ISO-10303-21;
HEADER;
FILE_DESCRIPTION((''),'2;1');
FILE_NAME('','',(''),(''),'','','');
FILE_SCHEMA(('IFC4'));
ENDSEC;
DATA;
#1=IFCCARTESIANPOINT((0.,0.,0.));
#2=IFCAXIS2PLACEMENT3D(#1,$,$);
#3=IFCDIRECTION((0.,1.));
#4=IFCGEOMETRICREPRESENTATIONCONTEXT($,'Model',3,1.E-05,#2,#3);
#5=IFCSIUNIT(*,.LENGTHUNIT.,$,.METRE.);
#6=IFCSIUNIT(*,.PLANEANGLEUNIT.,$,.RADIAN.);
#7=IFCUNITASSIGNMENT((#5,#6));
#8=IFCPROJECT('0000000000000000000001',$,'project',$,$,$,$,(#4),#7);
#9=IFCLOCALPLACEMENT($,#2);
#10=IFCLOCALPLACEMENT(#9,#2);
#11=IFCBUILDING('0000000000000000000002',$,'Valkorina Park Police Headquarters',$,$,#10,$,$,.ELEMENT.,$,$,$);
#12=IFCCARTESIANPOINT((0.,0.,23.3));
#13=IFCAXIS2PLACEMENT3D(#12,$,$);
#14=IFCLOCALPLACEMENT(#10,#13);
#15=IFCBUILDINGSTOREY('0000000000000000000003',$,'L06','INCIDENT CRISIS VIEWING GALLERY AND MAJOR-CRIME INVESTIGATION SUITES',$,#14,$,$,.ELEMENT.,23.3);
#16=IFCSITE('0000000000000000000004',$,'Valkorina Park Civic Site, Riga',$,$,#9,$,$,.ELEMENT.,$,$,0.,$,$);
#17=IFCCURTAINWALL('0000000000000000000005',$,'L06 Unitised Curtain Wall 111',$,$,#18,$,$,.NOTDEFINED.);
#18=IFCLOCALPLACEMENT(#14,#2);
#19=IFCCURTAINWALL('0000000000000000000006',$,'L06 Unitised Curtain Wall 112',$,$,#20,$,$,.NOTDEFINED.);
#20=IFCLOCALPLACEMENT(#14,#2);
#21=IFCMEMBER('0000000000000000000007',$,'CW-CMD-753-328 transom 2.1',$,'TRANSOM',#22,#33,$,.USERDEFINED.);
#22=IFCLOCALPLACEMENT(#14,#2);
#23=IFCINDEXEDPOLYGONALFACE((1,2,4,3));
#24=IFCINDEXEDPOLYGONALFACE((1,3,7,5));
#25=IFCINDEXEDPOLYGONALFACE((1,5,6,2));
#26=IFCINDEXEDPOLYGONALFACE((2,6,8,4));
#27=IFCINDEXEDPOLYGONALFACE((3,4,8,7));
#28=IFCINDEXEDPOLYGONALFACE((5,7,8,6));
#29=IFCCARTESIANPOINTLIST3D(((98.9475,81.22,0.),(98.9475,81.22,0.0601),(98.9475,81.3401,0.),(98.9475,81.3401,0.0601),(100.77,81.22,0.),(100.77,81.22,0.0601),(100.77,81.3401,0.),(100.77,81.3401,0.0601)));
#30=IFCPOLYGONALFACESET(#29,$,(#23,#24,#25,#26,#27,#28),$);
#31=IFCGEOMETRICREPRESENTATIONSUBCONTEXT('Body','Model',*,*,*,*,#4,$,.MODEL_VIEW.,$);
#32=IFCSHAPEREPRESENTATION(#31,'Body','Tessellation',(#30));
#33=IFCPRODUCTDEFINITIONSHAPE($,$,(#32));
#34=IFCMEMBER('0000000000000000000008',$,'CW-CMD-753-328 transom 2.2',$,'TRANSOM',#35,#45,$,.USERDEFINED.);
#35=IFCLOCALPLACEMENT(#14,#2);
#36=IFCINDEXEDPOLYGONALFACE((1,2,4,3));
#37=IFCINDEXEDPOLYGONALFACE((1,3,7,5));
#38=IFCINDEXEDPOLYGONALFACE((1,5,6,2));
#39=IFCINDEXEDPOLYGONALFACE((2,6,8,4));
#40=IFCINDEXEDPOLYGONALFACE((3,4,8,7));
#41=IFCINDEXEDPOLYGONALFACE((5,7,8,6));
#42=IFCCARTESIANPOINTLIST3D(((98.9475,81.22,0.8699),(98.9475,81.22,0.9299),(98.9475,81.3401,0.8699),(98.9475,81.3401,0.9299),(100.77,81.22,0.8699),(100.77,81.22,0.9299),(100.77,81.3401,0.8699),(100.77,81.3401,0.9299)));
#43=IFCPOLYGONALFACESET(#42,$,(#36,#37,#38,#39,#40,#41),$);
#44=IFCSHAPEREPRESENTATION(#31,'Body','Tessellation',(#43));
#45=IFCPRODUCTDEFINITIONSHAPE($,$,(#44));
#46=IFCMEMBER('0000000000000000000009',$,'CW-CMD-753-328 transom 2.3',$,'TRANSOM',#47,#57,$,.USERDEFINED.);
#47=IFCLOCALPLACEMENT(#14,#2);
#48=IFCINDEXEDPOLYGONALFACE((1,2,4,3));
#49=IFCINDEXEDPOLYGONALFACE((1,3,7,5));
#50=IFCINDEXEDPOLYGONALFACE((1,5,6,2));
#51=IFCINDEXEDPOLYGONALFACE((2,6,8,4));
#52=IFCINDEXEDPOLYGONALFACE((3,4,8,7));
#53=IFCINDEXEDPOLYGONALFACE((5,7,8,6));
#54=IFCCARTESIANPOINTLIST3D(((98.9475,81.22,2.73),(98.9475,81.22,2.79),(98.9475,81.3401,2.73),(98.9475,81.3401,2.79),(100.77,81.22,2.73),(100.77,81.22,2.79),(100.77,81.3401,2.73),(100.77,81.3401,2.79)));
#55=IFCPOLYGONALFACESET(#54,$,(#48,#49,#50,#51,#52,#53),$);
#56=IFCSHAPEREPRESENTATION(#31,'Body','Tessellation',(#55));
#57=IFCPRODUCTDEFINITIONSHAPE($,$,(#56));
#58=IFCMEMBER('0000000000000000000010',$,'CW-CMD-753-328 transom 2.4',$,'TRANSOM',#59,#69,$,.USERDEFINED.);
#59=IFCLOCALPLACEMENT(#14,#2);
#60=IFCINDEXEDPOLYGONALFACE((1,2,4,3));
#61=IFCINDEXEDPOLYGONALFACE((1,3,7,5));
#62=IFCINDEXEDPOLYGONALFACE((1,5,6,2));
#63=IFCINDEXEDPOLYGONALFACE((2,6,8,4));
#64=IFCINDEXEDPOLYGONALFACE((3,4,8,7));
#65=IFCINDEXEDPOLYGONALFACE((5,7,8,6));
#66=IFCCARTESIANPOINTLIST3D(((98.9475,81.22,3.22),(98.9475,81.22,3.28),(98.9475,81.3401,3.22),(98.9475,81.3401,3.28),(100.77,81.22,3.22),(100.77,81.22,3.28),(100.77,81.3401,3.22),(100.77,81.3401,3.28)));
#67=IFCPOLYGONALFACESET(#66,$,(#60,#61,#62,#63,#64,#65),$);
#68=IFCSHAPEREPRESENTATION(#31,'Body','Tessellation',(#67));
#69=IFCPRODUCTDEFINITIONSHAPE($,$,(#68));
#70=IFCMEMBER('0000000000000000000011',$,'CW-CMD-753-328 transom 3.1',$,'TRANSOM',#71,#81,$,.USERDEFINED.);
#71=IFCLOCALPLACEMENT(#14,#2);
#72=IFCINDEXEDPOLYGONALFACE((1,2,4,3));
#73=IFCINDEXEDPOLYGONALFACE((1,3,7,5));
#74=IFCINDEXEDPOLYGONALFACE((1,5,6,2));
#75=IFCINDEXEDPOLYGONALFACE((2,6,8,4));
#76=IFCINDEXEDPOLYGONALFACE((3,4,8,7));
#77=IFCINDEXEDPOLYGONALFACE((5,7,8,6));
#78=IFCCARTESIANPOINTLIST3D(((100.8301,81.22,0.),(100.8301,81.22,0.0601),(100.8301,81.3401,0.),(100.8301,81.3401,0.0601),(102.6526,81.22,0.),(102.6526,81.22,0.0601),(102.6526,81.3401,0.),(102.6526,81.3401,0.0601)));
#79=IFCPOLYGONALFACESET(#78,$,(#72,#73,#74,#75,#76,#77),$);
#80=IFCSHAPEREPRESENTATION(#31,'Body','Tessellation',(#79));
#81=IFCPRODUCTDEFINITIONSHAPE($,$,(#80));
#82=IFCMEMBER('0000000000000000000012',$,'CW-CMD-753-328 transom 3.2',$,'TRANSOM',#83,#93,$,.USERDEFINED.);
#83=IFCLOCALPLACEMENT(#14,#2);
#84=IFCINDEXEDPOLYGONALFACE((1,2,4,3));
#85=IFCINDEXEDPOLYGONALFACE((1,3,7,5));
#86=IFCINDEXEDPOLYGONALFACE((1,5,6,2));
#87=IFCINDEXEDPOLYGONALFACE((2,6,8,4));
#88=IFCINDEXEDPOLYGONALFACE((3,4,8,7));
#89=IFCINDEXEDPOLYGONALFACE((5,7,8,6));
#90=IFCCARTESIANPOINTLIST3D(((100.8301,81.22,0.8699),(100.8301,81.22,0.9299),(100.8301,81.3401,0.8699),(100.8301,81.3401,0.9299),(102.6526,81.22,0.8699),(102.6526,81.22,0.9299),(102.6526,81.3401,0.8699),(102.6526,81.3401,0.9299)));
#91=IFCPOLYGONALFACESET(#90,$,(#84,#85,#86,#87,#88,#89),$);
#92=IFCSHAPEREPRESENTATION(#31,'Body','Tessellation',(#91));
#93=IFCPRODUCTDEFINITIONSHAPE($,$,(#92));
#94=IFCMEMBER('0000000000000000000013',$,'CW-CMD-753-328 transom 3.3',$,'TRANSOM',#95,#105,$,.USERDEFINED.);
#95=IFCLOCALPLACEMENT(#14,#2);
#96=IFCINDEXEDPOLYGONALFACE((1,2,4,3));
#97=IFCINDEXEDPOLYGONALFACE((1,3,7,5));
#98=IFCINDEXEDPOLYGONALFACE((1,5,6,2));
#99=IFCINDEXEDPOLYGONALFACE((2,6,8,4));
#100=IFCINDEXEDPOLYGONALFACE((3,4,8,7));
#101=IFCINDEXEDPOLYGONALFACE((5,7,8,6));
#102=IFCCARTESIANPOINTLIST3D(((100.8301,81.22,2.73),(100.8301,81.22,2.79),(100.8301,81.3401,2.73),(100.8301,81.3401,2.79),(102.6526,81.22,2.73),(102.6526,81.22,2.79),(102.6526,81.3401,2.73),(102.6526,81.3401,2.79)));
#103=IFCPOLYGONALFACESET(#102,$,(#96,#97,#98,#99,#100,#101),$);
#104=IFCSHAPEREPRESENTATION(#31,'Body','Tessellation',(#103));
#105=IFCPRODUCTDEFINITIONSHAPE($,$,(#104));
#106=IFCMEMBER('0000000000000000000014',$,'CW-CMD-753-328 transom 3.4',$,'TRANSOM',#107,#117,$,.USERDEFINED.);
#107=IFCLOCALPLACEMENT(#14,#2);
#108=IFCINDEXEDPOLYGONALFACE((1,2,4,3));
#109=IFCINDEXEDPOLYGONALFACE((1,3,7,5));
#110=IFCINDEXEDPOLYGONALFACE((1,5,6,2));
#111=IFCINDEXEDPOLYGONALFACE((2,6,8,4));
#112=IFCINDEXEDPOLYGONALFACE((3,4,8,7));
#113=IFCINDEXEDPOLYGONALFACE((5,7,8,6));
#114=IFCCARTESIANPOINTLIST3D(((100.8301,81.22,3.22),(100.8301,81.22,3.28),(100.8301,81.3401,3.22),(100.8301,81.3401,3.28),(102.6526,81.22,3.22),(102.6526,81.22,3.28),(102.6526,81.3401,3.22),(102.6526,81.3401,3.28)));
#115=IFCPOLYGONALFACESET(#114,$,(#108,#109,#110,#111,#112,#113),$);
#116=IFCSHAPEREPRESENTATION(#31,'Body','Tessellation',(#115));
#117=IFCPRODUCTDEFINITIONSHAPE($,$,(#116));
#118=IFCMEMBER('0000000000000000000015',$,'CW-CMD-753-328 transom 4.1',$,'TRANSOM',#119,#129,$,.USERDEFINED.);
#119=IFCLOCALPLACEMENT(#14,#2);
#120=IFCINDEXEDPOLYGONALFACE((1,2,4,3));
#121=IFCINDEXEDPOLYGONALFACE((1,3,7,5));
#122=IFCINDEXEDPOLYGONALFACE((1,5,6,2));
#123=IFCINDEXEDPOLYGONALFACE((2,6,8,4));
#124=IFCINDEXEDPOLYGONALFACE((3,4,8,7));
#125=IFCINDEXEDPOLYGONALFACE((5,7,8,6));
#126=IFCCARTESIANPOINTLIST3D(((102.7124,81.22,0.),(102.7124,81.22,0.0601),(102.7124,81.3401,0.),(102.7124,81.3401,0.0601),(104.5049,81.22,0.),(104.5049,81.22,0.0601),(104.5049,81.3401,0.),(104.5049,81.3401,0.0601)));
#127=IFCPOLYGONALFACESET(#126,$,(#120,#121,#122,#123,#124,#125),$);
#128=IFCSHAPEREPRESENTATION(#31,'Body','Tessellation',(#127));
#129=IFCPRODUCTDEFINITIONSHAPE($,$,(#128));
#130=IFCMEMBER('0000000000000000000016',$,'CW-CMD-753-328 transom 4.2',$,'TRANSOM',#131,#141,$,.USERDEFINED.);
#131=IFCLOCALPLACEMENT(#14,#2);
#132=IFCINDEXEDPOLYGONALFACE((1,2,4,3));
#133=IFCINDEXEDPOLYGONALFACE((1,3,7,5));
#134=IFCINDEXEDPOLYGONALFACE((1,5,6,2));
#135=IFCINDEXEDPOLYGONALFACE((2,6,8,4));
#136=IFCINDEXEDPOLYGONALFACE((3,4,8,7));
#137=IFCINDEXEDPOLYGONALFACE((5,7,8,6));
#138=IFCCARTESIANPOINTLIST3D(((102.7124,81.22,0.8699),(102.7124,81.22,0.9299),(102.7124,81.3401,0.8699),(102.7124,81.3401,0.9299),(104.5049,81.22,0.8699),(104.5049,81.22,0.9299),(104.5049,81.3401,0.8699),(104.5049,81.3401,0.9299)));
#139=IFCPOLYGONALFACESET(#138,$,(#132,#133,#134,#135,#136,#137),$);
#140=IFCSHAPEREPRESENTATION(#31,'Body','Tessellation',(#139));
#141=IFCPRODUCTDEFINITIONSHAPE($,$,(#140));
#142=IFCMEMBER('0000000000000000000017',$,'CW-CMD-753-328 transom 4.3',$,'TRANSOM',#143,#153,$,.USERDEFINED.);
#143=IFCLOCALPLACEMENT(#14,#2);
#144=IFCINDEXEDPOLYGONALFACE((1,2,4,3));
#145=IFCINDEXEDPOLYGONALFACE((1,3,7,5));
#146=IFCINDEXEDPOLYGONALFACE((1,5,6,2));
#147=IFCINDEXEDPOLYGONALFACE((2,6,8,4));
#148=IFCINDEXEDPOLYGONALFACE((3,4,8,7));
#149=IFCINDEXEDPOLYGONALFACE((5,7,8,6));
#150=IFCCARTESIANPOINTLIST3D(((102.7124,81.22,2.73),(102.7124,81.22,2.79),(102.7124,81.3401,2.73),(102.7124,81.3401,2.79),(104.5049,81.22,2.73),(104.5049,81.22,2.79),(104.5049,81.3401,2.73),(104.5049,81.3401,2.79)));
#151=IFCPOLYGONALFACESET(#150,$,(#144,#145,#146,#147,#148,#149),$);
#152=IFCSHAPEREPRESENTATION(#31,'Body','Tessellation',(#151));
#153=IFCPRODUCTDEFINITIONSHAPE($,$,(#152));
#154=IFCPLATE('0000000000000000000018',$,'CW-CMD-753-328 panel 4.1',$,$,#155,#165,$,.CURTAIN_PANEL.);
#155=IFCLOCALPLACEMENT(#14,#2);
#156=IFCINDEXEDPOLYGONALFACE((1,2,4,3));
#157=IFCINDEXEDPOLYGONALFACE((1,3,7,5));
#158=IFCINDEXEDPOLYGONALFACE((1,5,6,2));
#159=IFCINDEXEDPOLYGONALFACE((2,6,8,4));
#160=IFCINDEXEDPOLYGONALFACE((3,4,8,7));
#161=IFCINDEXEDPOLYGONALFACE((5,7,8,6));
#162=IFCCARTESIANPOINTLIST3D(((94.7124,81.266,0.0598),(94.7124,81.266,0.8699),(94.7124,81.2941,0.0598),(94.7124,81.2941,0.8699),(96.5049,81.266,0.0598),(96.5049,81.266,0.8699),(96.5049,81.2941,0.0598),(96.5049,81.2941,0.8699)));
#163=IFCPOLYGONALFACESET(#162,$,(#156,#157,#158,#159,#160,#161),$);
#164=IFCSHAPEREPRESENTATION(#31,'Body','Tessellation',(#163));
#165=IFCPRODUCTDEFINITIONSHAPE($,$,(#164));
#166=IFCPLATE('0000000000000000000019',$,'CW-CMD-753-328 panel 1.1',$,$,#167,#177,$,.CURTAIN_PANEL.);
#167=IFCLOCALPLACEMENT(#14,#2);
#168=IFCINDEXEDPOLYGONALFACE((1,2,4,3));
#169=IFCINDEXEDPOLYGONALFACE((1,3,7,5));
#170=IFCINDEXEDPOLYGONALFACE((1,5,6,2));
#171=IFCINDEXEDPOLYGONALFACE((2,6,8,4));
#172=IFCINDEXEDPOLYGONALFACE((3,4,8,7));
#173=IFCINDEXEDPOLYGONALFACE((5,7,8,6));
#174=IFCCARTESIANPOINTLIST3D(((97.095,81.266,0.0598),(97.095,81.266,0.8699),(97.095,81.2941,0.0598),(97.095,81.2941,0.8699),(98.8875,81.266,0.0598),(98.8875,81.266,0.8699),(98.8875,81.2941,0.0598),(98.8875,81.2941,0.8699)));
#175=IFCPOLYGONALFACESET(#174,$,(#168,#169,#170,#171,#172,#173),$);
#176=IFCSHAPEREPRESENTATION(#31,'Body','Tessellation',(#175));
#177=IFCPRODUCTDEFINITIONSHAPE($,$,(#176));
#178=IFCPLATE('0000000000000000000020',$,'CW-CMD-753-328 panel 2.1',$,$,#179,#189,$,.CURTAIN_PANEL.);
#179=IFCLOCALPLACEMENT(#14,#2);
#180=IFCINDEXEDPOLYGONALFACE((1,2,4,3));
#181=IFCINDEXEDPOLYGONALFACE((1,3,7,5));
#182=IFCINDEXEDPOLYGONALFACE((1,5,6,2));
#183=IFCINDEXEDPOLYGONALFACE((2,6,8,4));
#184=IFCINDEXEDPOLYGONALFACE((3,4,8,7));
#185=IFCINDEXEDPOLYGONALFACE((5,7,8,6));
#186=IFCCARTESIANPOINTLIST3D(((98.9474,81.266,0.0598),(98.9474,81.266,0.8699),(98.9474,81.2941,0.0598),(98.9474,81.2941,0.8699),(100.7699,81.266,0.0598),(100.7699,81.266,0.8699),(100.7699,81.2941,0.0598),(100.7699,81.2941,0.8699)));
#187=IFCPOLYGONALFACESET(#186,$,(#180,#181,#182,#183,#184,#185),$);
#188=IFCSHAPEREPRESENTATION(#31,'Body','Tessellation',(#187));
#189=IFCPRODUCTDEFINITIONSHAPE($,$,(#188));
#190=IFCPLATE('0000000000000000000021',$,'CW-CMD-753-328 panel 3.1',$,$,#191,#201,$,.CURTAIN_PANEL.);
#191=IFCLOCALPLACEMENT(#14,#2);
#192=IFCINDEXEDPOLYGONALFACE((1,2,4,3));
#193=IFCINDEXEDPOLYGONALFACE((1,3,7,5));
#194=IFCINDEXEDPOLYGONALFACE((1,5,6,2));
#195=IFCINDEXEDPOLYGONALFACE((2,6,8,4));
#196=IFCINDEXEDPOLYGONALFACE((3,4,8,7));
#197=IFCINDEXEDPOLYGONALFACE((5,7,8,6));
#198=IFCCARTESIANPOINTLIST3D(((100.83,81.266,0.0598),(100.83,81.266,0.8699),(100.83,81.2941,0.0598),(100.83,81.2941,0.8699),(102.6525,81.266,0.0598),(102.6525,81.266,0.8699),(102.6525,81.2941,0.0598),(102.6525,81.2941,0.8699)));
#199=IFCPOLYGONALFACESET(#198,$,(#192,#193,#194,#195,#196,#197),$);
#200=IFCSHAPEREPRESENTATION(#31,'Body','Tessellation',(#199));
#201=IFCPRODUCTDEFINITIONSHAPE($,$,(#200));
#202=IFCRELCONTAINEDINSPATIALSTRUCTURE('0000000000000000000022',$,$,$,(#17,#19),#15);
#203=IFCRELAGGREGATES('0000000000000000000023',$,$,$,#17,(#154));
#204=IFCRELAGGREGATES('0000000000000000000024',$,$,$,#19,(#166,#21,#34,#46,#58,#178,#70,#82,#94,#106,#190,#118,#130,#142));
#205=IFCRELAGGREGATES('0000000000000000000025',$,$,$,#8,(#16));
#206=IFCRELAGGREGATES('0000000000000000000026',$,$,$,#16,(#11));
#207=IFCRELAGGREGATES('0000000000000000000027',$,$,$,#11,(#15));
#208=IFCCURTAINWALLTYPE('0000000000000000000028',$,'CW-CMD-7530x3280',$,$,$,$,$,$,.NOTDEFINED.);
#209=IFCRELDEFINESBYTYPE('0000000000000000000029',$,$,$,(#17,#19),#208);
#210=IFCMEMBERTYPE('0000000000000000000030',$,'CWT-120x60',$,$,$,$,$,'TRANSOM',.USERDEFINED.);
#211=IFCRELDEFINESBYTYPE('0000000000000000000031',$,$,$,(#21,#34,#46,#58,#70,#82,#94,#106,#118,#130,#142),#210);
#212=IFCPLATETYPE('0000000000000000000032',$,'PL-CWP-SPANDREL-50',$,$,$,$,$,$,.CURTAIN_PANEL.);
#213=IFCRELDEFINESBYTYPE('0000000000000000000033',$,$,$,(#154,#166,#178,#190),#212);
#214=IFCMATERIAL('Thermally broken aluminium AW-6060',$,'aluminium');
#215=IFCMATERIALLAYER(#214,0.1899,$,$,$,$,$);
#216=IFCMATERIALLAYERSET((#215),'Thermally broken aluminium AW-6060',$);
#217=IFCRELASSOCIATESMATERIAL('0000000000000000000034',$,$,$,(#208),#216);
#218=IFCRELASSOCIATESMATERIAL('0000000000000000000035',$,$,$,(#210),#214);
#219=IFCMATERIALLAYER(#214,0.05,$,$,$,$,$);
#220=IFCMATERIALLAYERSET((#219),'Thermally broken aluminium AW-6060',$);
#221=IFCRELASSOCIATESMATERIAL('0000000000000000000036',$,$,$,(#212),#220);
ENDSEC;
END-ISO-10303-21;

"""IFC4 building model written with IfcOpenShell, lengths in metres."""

from ifc_helpers import new_model, si_unit, direction, frame, origin, origin_2d, place, context, subcontext, project, spatial, rectangle, extrude, material, layer, layer_set, material_profile, profile_set, type_object, element, aggregate, save


model = new_model("IFC4")

# Units and contexts
model_context = context("Model", 3, precision=1e-05, world=origin(), true_north=direction((0.0, 1.0)))
body_context = subcontext(model_context, "Body", "Model", "MODEL_VIEW")
ifc_project = project(units=[si_unit("LENGTHUNIT", "METRE"), si_unit("PLANEANGLEUNIT", "RADIAN")], contexts=[model_context])

# Site, building, storey
site_placement = place(None, origin())
site = spatial("IfcSite", under=ifc_project, at=site_placement, Name="Valkorina Park Civic Site, Riga", CompositionType="ELEMENT", RefElevation=0.0)
building_placement = place(site_placement, origin())
building = spatial("IfcBuilding", under=site, at=building_placement, Name="Valkorina Park Police Headquarters", CompositionType="ELEMENT")
storey_placement = place(building_placement, frame((0.0, 0.0, 23.3)))
storey = spatial("IfcBuildingStorey", under=building, at=storey_placement, Name="L06", Description="INCIDENT CRISIS VIEWING GALLERY AND MAJOR-CRIME INVESTIGATION SUITES", CompositionType="ELEMENT", Elevation=23.3)

# Curtain wall
ifc_material_1 = material(Name="Thermally broken aluminium AW-6060", Category="aluminium")
ifc_layer_1 = layer(ifc_material_1, 0.1899)
ifc_layer_set_1 = layer_set([ifc_layer_1], Name="Thermally broken aluminium AW-6060")
curtain_wall_type = type_object("IfcCurtainWallType", Name="CW-CMD-7530x3280", PredefinedType="NOTDEFINED", material=ifc_layer_set_1)
curtain_wall_1_placement = place(storey_placement, origin())
curtain_wall_1 = element("IfcCurtainWall", 1, at=curtain_wall_1_placement, inside=storey, type_object=curtain_wall_type, Name="L06 Unitised Curtain Wall 111", PredefinedType="NOTDEFINED")

# Curtain wall, members
curtain_wall_2_placement = place(storey_placement, origin())
curtain_wall_2 = element("IfcCurtainWall", 2, at=curtain_wall_2_placement, inside=storey, type_object=curtain_wall_type, Name="L06 Unitised Curtain Wall 112", PredefinedType="NOTDEFINED")
ifc_material_profile_1 = material_profile(ifc_material_1, rectangle(XDim=0.1201, YDim=0.0601, at=origin_2d()), Name="CWT-01 120x60")
ifc_profile_set_1 = profile_set([ifc_material_profile_1], Name="Thermally broken aluminium AW-6060")
member_type_1 = type_object("IfcMemberType", Name="CWT-120x60", ElementType="TRANSOM", PredefinedType="USERDEFINED", material=ifc_profile_set_1)
member_1_placement = place(storey_placement, frame((98.9475, 81.28, 0.03), z_axis=(1.0, 0.0, 0.0), x_axis=(0.0, 1.0, 0.0)))
member_1 = element("IfcMember", 3, at=member_1_placement, type_object=member_type_1, Name="CW-CMD-753-328 transom 2.1", ObjectType="TRANSOM", PredefinedType="USERDEFINED", context=body_context, shape_type="SweptSolid", body=[
    extrude(rectangle(XDim=0.1201, YDim=0.0601, at=origin_2d()), origin(), (0.0, 0.0, 1.0), 1.8225),
])
member_2_placement = place(storey_placement, frame((98.9475, 81.28, 0.8999), z_axis=(1.0, 0.0, 0.0), x_axis=(0.0, 1.0, 0.0)))
member_2 = element("IfcMember", 4, at=member_2_placement, type_object=member_type_1, Name="CW-CMD-753-328 transom 2.2", ObjectType="TRANSOM", PredefinedType="USERDEFINED", context=body_context, shape_type="SweptSolid", body=[
    extrude(rectangle(XDim=0.1201, YDim=0.0601, at=origin_2d()), origin(), (0.0, 0.0, 1.0), 1.8225),
])
member_3_placement = place(storey_placement, frame((98.9475, 81.28, 2.76), z_axis=(1.0, 0.0, 0.0), x_axis=(0.0, 1.0, 0.0)))
member_3 = element("IfcMember", 5, at=member_3_placement, type_object=member_type_1, Name="CW-CMD-753-328 transom 2.3", ObjectType="TRANSOM", PredefinedType="USERDEFINED", context=body_context, shape_type="SweptSolid", body=[
    extrude(rectangle(XDim=0.1201, YDim=0.0601, at=origin_2d()), origin(), (0.0, 0.0, 1.0), 1.8225),
])
member_4_placement = place(storey_placement, frame((98.9475, 81.28, 3.25), z_axis=(1.0, 0.0, 0.0), x_axis=(0.0, 1.0, 0.0)))
member_4 = element("IfcMember", 6, at=member_4_placement, type_object=member_type_1, Name="CW-CMD-753-328 transom 2.4", ObjectType="TRANSOM", PredefinedType="USERDEFINED", context=body_context, shape_type="SweptSolid", body=[
    extrude(rectangle(XDim=0.1201, YDim=0.0601, at=origin_2d()), origin(), (0.0, 0.0, 1.0), 1.8225),
])
member_5_placement = place(storey_placement, frame((100.8301, 81.28, 0.03), z_axis=(1.0, 0.0, 0.0), x_axis=(0.0, 1.0, 0.0)))
member_5 = element("IfcMember", 7, at=member_5_placement, type_object=member_type_1, Name="CW-CMD-753-328 transom 3.1", ObjectType="TRANSOM", PredefinedType="USERDEFINED", context=body_context, shape_type="SweptSolid", body=[
    extrude(rectangle(XDim=0.1201, YDim=0.0601, at=origin_2d()), origin(), (0.0, 0.0, 1.0), 1.8225),
])
member_6_placement = place(storey_placement, frame((100.8301, 81.28, 0.8999), z_axis=(1.0, 0.0, 0.0), x_axis=(0.0, 1.0, 0.0)))
member_6 = element("IfcMember", 8, at=member_6_placement, type_object=member_type_1, Name="CW-CMD-753-328 transom 3.2", ObjectType="TRANSOM", PredefinedType="USERDEFINED", context=body_context, shape_type="SweptSolid", body=[
    extrude(rectangle(XDim=0.1201, YDim=0.0601, at=origin_2d()), origin(), (0.0, 0.0, 1.0), 1.8225),
])
member_7_placement = place(storey_placement, frame((100.8301, 81.28, 2.76), z_axis=(1.0, 0.0, 0.0), x_axis=(0.0, 1.0, 0.0)))
member_7 = element("IfcMember", 9, at=member_7_placement, type_object=member_type_1, Name="CW-CMD-753-328 transom 3.3", ObjectType="TRANSOM", PredefinedType="USERDEFINED", context=body_context, shape_type="SweptSolid", body=[
    extrude(rectangle(XDim=0.1201, YDim=0.0601, at=origin_2d()), origin(), (0.0, 0.0, 1.0), 1.8225),
])
member_8_placement = place(storey_placement, frame((100.8301, 81.28, 3.25), z_axis=(1.0, 0.0, 0.0), x_axis=(0.0, 1.0, 0.0)))
member_8 = element("IfcMember", 10, at=member_8_placement, type_object=member_type_1, Name="CW-CMD-753-328 transom 3.4", ObjectType="TRANSOM", PredefinedType="USERDEFINED", context=body_context, shape_type="SweptSolid", body=[
    extrude(rectangle(XDim=0.1201, YDim=0.0601, at=origin_2d()), origin(), (0.0, 0.0, 1.0), 1.8225),
])
member_9_placement = place(storey_placement, frame((102.7124, 81.28, 0.03), z_axis=(1.0, 0.0, 0.0), x_axis=(0.0, 1.0, 0.0)))
member_9 = element("IfcMember", 11, at=member_9_placement, type_object=member_type_1, Name="CW-CMD-753-328 transom 4.1", ObjectType="TRANSOM", PredefinedType="USERDEFINED", context=body_context, shape_type="SweptSolid", body=[
    extrude(rectangle(XDim=0.1201, YDim=0.0601, at=origin_2d()), origin(), (0.0, 0.0, 1.0), 1.7925),
])
member_10_placement = place(storey_placement, frame((102.7124, 81.28, 0.8999), z_axis=(1.0, 0.0, 0.0), x_axis=(0.0, 1.0, 0.0)))
member_10 = element("IfcMember", 12, at=member_10_placement, type_object=member_type_1, Name="CW-CMD-753-328 transom 4.2", ObjectType="TRANSOM", PredefinedType="USERDEFINED", context=body_context, shape_type="SweptSolid", body=[
    extrude(rectangle(XDim=0.1201, YDim=0.0601, at=origin_2d()), origin(), (0.0, 0.0, 1.0), 1.7925),
])
member_11_placement = place(storey_placement, frame((102.7124, 81.28, 2.76), z_axis=(1.0, 0.0, 0.0), x_axis=(0.0, 1.0, 0.0)))
member_11 = element("IfcMember", 13, at=member_11_placement, type_object=member_type_1, Name="CW-CMD-753-328 transom 4.3", ObjectType="TRANSOM", PredefinedType="USERDEFINED", context=body_context, shape_type="SweptSolid", body=[
    extrude(rectangle(XDim=0.1201, YDim=0.0601, at=origin_2d()), origin(), (0.0, 0.0, 1.0), 1.7925),
])

# Plates
ifc_layer_2 = layer(ifc_material_1, 0.05)
ifc_layer_set_2 = layer_set([ifc_layer_2], Name="Thermally broken aluminium AW-6060")
plate_type_1 = type_object("IfcPlateType", Name="PL-CWP-SPANDREL-50", PredefinedType="CURTAIN_PANEL", material=ifc_layer_set_2)
plate_1_placement = place(storey_placement, frame((95.6086, 81.28, 0.0598), z_axis=(0.0, 0.0, 1.0), x_axis=(1.0, 0.0, 0.0)))
plate_1 = element("IfcPlate", 14, at=plate_1_placement, type_object=plate_type_1, Name="CW-CMD-753-328 panel 4.1", PredefinedType="CURTAIN_PANEL", context=body_context, shape_type="SweptSolid", body=[
    extrude(rectangle(XDim=1.7925, YDim=0.0281, at=origin_2d()), origin(), (0.0, 0.0, 1.0), 0.8101),
])
plate_2_placement = place(storey_placement, frame((97.9912, 81.28, 0.0598), z_axis=(0.0, 0.0, 1.0), x_axis=(1.0, 0.0, 0.0)))
plate_2 = element("IfcPlate", 15, at=plate_2_placement, type_object=plate_type_1, Name="CW-CMD-753-328 panel 1.1", PredefinedType="CURTAIN_PANEL", context=body_context, shape_type="SweptSolid", body=[
    extrude(rectangle(XDim=1.7925, YDim=0.0281, at=origin_2d()), origin(), (0.0, 0.0, 1.0), 0.8101),
])
plate_3_placement = place(storey_placement, frame((99.8586, 81.28, 0.0598), z_axis=(0.0, 0.0, 1.0), x_axis=(1.0, 0.0, 0.0)))
plate_3 = element("IfcPlate", 16, at=plate_3_placement, type_object=plate_type_1, Name="CW-CMD-753-328 panel 2.1", PredefinedType="CURTAIN_PANEL", context=body_context, shape_type="SweptSolid", body=[
    extrude(rectangle(XDim=1.8225, YDim=0.0281, at=origin_2d()), origin(), (0.0, 0.0, 1.0), 0.8101),
])
plate_4_placement = place(storey_placement, frame((101.7412, 81.28, 0.0598), z_axis=(0.0, 0.0, 1.0), x_axis=(1.0, 0.0, 0.0)))
plate_4 = element("IfcPlate", 17, at=plate_4_placement, type_object=plate_type_1, Name="CW-CMD-753-328 panel 3.1", PredefinedType="CURTAIN_PANEL", context=body_context, shape_type="SweptSolid", body=[
    extrude(rectangle(XDim=1.8225, YDim=0.0281, at=origin_2d()), origin(), (0.0, 0.0, 1.0), 0.8101),
])
aggregate(curtain_wall_1, [plate_1])
aggregate(curtain_wall_2, [plate_2, member_1, member_2, member_3, member_4, plate_3, member_5, member_6, member_7, member_8, plate_4, member_9, member_10, member_11])

save(model, "model.ifc")
